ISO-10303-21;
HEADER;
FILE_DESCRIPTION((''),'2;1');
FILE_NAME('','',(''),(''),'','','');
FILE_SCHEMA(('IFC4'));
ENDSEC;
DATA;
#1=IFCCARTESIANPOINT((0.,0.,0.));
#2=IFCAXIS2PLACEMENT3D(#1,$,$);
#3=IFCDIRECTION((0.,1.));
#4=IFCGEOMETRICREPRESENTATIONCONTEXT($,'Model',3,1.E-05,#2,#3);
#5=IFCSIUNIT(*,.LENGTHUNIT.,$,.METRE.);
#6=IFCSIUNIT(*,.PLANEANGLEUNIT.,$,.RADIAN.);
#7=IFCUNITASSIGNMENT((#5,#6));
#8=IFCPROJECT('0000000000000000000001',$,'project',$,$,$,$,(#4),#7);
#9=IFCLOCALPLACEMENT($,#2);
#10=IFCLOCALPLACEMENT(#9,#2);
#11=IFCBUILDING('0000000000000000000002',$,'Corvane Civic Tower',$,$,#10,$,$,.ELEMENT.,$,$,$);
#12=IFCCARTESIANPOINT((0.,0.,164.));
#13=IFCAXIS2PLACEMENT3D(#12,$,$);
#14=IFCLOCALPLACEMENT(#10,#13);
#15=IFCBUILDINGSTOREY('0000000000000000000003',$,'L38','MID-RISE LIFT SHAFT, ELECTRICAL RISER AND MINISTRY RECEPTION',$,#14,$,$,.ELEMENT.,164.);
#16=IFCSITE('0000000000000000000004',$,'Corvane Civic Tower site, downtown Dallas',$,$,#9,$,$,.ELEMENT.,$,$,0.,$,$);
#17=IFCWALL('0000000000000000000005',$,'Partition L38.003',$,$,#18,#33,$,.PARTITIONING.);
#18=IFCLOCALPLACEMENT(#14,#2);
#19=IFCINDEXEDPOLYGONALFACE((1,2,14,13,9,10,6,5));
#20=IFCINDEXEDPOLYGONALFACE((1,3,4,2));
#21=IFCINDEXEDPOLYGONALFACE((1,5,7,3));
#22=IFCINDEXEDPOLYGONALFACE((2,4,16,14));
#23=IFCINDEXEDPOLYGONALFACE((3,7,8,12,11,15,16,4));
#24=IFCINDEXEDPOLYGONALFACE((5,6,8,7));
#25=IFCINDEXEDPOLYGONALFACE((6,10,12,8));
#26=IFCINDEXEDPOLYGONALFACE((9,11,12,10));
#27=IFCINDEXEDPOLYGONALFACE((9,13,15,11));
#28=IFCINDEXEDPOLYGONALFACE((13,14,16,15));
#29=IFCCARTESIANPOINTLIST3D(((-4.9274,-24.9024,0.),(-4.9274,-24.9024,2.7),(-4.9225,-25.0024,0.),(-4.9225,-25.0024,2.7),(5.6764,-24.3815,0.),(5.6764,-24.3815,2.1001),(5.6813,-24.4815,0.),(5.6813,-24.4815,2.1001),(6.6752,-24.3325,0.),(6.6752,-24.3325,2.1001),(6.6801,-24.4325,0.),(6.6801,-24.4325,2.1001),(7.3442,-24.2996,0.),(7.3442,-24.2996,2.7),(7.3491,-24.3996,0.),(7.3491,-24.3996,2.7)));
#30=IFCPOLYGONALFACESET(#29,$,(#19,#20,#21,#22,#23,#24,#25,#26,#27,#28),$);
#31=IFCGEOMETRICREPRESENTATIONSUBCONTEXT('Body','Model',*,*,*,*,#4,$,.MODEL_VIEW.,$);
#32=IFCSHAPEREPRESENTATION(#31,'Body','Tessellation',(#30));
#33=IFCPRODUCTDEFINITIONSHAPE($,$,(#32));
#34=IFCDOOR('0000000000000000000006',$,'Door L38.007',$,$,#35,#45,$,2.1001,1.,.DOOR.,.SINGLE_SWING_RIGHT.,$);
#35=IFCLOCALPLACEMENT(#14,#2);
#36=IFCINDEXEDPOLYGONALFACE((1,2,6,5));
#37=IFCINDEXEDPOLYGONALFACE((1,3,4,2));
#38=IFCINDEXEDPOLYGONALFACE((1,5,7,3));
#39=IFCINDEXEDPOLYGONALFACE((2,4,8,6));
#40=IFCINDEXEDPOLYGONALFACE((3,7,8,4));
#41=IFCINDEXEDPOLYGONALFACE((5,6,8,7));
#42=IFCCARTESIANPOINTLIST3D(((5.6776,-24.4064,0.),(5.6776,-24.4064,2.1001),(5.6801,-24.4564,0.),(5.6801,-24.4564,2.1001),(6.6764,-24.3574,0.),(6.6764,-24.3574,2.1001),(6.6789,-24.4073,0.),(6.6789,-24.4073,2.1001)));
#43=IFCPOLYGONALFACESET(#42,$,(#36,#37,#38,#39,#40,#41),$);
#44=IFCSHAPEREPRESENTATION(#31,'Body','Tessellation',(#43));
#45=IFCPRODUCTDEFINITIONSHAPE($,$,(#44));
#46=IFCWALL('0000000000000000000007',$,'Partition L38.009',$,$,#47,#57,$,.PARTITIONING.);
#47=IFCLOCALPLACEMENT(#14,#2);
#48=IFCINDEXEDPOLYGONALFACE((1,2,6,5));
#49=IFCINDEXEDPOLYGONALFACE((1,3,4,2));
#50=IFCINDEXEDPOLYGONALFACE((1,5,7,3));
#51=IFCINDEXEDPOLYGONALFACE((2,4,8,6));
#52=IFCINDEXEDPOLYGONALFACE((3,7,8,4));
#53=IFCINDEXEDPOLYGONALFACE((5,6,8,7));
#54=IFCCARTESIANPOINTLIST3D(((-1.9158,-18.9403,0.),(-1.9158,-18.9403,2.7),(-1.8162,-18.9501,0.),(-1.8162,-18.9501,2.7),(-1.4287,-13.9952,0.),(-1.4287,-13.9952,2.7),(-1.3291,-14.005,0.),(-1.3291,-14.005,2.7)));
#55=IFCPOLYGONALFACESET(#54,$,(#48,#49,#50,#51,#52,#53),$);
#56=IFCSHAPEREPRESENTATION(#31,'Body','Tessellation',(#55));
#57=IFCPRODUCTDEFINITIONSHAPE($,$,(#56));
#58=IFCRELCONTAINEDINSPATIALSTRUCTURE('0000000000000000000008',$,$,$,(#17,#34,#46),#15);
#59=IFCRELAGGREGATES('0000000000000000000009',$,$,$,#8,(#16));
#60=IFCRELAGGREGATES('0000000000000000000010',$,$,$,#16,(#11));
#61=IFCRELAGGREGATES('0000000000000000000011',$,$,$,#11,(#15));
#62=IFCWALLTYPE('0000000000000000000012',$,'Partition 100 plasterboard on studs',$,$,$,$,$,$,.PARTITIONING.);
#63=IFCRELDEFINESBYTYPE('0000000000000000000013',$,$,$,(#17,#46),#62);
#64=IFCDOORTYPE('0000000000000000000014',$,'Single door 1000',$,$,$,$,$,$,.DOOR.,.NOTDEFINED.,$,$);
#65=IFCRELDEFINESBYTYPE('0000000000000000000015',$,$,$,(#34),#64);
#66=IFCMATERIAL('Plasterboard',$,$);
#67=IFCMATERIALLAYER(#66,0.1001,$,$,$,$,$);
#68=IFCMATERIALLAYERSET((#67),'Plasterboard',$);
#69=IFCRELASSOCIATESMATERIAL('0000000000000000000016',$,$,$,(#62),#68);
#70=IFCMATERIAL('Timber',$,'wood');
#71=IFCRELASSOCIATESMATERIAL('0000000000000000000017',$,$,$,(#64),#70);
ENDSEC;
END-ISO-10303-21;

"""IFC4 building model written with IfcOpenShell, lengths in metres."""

from ifc_helpers import new_model, si_unit, direction, frame, frame_2d, origin, place, context, subcontext, project, spatial, rectangle, extrude, material, layer, layer_set, type_object, element, fill, save


model = new_model("IFC4")

# Units and contexts
model_context = context("Model", 3, precision=1e-05, world=origin(), true_north=direction((0.0, 1.0)))
body_context = subcontext(model_context, "Body", "Model", "MODEL_VIEW")
ifc_project = project(units=[si_unit("LENGTHUNIT", "METRE"), si_unit("PLANEANGLEUNIT", "RADIAN")], contexts=[model_context])

# Site, building, storey
site_placement = place(None, origin())
site = spatial("IfcSite", under=ifc_project, at=site_placement, Name="Corvane Civic Tower site, downtown Dallas", CompositionType="ELEMENT", RefElevation=0.0)
building_placement = place(site_placement, origin())
building = spatial("IfcBuilding", under=site, at=building_placement, Name="Corvane Civic Tower", CompositionType="ELEMENT")
storey_placement = place(building_placement, frame((0.0, 0.0, 164.0)))
storey = spatial("IfcBuildingStorey", under=building, at=storey_placement, Name="L38", Description="MID-RISE LIFT SHAFT, ELECTRICAL RISER AND MINISTRY RECEPTION", CompositionType="ELEMENT", Elevation=164.0)

# Shared definitions
ifc_material_1 = material(Name="Plasterboard")
ifc_layer_1 = layer(ifc_material_1, 0.1001)
ifc_layer_set_1 = layer_set([ifc_layer_1], Name="Plasterboard")
wall_type = type_object("IfcWallType", Name="Partition 100 plasterboard on studs", PredefinedType="PARTITIONING", material=ifc_layer_set_1)

# Wall, opening, door
wall_1_placement = place(storey_placement, frame((-4.9248, -24.9524, 0.0), z_axis=(0.0, 0.0, 1.0), x_axis=(0.998796, 0.049061, 0.0)))
wall_1 = element("IfcWall", 1, at=wall_1_placement, inside=storey, type_object=wall_type, Name="Partition L38.003", PredefinedType="PARTITIONING", context=body_context, shape_type="SweptSolid", body=[
    extrude(rectangle(XDim=12.2864, YDim=0.1001, at=frame_2d((6.1431, 0.0))), origin(), (0.0, 0.0, 1.0), 2.7),
])
opening_placement = place(wall_1_placement, frame((10.6165, 0.0, 0.0)))
opening = element("IfcOpeningElement", 2, at=opening_placement, cuts=wall_1, PredefinedType="OPENING", context=body_context, shape_type="SweptSolid", body=[
    extrude(rectangle(XDim=1.0, YDim=2.1001, at=frame_2d((0.5, 1.05))), frame((0.0, 0.0601, 0.0), z_axis=(0.0, -1.0, 0.0), x_axis=(1.0, 0.0, 0.0)), (0.0, 0.0, 1.0), 0.1201),
])
ifc_material_2 = material(Name="Timber", Category="wood")
door_type = type_object("IfcDoorType", Name="Single door 1000", OperationType="NOTDEFINED", PredefinedType="DOOR", material=ifc_material_2)
door_placement = place(opening_placement, frame((1.0, 0.0, 0.0), z_axis=(0.0, 0.0, 1.0), x_axis=(-1.0, 0.0, 0.0)))
door = element("IfcDoor", 3, at=door_placement, inside=storey, type_object=door_type, Name="Door L38.007", OperationType="SINGLE_SWING_RIGHT", OverallHeight=2.1001, OverallWidth=1.0, PredefinedType="DOOR", context=body_context, shape_type="SweptSolid", body=[
    extrude(rectangle(XDim=1.0, YDim=2.1001, at=frame_2d((0.5, 1.05))), frame((0.0, 0.0249, 0.0), z_axis=(0.0, -1.0, 0.0), x_axis=(1.0, 0.0, 0.0)), (0.0, 0.0, 1.0), 0.05),
])
fill(opening, door)

# Wall
wall_2_placement = place(storey_placement, frame((-1.866, -18.9451, 0.0), z_axis=(0.0, 0.0, 1.0), x_axis=(0.09802, 0.995184, 0.0)))
element("IfcWall", 4, at=wall_2_placement, inside=storey, type_object=wall_type, Name="Partition L38.009", PredefinedType="PARTITIONING", context=body_context, shape_type="SweptSolid", body=[
    extrude(rectangle(XDim=4.969, YDim=0.1001, at=frame_2d((2.4844, 0.0))), origin(), (0.0, 0.0, 1.0), 2.7),
])

save(model, "model.ifc")
